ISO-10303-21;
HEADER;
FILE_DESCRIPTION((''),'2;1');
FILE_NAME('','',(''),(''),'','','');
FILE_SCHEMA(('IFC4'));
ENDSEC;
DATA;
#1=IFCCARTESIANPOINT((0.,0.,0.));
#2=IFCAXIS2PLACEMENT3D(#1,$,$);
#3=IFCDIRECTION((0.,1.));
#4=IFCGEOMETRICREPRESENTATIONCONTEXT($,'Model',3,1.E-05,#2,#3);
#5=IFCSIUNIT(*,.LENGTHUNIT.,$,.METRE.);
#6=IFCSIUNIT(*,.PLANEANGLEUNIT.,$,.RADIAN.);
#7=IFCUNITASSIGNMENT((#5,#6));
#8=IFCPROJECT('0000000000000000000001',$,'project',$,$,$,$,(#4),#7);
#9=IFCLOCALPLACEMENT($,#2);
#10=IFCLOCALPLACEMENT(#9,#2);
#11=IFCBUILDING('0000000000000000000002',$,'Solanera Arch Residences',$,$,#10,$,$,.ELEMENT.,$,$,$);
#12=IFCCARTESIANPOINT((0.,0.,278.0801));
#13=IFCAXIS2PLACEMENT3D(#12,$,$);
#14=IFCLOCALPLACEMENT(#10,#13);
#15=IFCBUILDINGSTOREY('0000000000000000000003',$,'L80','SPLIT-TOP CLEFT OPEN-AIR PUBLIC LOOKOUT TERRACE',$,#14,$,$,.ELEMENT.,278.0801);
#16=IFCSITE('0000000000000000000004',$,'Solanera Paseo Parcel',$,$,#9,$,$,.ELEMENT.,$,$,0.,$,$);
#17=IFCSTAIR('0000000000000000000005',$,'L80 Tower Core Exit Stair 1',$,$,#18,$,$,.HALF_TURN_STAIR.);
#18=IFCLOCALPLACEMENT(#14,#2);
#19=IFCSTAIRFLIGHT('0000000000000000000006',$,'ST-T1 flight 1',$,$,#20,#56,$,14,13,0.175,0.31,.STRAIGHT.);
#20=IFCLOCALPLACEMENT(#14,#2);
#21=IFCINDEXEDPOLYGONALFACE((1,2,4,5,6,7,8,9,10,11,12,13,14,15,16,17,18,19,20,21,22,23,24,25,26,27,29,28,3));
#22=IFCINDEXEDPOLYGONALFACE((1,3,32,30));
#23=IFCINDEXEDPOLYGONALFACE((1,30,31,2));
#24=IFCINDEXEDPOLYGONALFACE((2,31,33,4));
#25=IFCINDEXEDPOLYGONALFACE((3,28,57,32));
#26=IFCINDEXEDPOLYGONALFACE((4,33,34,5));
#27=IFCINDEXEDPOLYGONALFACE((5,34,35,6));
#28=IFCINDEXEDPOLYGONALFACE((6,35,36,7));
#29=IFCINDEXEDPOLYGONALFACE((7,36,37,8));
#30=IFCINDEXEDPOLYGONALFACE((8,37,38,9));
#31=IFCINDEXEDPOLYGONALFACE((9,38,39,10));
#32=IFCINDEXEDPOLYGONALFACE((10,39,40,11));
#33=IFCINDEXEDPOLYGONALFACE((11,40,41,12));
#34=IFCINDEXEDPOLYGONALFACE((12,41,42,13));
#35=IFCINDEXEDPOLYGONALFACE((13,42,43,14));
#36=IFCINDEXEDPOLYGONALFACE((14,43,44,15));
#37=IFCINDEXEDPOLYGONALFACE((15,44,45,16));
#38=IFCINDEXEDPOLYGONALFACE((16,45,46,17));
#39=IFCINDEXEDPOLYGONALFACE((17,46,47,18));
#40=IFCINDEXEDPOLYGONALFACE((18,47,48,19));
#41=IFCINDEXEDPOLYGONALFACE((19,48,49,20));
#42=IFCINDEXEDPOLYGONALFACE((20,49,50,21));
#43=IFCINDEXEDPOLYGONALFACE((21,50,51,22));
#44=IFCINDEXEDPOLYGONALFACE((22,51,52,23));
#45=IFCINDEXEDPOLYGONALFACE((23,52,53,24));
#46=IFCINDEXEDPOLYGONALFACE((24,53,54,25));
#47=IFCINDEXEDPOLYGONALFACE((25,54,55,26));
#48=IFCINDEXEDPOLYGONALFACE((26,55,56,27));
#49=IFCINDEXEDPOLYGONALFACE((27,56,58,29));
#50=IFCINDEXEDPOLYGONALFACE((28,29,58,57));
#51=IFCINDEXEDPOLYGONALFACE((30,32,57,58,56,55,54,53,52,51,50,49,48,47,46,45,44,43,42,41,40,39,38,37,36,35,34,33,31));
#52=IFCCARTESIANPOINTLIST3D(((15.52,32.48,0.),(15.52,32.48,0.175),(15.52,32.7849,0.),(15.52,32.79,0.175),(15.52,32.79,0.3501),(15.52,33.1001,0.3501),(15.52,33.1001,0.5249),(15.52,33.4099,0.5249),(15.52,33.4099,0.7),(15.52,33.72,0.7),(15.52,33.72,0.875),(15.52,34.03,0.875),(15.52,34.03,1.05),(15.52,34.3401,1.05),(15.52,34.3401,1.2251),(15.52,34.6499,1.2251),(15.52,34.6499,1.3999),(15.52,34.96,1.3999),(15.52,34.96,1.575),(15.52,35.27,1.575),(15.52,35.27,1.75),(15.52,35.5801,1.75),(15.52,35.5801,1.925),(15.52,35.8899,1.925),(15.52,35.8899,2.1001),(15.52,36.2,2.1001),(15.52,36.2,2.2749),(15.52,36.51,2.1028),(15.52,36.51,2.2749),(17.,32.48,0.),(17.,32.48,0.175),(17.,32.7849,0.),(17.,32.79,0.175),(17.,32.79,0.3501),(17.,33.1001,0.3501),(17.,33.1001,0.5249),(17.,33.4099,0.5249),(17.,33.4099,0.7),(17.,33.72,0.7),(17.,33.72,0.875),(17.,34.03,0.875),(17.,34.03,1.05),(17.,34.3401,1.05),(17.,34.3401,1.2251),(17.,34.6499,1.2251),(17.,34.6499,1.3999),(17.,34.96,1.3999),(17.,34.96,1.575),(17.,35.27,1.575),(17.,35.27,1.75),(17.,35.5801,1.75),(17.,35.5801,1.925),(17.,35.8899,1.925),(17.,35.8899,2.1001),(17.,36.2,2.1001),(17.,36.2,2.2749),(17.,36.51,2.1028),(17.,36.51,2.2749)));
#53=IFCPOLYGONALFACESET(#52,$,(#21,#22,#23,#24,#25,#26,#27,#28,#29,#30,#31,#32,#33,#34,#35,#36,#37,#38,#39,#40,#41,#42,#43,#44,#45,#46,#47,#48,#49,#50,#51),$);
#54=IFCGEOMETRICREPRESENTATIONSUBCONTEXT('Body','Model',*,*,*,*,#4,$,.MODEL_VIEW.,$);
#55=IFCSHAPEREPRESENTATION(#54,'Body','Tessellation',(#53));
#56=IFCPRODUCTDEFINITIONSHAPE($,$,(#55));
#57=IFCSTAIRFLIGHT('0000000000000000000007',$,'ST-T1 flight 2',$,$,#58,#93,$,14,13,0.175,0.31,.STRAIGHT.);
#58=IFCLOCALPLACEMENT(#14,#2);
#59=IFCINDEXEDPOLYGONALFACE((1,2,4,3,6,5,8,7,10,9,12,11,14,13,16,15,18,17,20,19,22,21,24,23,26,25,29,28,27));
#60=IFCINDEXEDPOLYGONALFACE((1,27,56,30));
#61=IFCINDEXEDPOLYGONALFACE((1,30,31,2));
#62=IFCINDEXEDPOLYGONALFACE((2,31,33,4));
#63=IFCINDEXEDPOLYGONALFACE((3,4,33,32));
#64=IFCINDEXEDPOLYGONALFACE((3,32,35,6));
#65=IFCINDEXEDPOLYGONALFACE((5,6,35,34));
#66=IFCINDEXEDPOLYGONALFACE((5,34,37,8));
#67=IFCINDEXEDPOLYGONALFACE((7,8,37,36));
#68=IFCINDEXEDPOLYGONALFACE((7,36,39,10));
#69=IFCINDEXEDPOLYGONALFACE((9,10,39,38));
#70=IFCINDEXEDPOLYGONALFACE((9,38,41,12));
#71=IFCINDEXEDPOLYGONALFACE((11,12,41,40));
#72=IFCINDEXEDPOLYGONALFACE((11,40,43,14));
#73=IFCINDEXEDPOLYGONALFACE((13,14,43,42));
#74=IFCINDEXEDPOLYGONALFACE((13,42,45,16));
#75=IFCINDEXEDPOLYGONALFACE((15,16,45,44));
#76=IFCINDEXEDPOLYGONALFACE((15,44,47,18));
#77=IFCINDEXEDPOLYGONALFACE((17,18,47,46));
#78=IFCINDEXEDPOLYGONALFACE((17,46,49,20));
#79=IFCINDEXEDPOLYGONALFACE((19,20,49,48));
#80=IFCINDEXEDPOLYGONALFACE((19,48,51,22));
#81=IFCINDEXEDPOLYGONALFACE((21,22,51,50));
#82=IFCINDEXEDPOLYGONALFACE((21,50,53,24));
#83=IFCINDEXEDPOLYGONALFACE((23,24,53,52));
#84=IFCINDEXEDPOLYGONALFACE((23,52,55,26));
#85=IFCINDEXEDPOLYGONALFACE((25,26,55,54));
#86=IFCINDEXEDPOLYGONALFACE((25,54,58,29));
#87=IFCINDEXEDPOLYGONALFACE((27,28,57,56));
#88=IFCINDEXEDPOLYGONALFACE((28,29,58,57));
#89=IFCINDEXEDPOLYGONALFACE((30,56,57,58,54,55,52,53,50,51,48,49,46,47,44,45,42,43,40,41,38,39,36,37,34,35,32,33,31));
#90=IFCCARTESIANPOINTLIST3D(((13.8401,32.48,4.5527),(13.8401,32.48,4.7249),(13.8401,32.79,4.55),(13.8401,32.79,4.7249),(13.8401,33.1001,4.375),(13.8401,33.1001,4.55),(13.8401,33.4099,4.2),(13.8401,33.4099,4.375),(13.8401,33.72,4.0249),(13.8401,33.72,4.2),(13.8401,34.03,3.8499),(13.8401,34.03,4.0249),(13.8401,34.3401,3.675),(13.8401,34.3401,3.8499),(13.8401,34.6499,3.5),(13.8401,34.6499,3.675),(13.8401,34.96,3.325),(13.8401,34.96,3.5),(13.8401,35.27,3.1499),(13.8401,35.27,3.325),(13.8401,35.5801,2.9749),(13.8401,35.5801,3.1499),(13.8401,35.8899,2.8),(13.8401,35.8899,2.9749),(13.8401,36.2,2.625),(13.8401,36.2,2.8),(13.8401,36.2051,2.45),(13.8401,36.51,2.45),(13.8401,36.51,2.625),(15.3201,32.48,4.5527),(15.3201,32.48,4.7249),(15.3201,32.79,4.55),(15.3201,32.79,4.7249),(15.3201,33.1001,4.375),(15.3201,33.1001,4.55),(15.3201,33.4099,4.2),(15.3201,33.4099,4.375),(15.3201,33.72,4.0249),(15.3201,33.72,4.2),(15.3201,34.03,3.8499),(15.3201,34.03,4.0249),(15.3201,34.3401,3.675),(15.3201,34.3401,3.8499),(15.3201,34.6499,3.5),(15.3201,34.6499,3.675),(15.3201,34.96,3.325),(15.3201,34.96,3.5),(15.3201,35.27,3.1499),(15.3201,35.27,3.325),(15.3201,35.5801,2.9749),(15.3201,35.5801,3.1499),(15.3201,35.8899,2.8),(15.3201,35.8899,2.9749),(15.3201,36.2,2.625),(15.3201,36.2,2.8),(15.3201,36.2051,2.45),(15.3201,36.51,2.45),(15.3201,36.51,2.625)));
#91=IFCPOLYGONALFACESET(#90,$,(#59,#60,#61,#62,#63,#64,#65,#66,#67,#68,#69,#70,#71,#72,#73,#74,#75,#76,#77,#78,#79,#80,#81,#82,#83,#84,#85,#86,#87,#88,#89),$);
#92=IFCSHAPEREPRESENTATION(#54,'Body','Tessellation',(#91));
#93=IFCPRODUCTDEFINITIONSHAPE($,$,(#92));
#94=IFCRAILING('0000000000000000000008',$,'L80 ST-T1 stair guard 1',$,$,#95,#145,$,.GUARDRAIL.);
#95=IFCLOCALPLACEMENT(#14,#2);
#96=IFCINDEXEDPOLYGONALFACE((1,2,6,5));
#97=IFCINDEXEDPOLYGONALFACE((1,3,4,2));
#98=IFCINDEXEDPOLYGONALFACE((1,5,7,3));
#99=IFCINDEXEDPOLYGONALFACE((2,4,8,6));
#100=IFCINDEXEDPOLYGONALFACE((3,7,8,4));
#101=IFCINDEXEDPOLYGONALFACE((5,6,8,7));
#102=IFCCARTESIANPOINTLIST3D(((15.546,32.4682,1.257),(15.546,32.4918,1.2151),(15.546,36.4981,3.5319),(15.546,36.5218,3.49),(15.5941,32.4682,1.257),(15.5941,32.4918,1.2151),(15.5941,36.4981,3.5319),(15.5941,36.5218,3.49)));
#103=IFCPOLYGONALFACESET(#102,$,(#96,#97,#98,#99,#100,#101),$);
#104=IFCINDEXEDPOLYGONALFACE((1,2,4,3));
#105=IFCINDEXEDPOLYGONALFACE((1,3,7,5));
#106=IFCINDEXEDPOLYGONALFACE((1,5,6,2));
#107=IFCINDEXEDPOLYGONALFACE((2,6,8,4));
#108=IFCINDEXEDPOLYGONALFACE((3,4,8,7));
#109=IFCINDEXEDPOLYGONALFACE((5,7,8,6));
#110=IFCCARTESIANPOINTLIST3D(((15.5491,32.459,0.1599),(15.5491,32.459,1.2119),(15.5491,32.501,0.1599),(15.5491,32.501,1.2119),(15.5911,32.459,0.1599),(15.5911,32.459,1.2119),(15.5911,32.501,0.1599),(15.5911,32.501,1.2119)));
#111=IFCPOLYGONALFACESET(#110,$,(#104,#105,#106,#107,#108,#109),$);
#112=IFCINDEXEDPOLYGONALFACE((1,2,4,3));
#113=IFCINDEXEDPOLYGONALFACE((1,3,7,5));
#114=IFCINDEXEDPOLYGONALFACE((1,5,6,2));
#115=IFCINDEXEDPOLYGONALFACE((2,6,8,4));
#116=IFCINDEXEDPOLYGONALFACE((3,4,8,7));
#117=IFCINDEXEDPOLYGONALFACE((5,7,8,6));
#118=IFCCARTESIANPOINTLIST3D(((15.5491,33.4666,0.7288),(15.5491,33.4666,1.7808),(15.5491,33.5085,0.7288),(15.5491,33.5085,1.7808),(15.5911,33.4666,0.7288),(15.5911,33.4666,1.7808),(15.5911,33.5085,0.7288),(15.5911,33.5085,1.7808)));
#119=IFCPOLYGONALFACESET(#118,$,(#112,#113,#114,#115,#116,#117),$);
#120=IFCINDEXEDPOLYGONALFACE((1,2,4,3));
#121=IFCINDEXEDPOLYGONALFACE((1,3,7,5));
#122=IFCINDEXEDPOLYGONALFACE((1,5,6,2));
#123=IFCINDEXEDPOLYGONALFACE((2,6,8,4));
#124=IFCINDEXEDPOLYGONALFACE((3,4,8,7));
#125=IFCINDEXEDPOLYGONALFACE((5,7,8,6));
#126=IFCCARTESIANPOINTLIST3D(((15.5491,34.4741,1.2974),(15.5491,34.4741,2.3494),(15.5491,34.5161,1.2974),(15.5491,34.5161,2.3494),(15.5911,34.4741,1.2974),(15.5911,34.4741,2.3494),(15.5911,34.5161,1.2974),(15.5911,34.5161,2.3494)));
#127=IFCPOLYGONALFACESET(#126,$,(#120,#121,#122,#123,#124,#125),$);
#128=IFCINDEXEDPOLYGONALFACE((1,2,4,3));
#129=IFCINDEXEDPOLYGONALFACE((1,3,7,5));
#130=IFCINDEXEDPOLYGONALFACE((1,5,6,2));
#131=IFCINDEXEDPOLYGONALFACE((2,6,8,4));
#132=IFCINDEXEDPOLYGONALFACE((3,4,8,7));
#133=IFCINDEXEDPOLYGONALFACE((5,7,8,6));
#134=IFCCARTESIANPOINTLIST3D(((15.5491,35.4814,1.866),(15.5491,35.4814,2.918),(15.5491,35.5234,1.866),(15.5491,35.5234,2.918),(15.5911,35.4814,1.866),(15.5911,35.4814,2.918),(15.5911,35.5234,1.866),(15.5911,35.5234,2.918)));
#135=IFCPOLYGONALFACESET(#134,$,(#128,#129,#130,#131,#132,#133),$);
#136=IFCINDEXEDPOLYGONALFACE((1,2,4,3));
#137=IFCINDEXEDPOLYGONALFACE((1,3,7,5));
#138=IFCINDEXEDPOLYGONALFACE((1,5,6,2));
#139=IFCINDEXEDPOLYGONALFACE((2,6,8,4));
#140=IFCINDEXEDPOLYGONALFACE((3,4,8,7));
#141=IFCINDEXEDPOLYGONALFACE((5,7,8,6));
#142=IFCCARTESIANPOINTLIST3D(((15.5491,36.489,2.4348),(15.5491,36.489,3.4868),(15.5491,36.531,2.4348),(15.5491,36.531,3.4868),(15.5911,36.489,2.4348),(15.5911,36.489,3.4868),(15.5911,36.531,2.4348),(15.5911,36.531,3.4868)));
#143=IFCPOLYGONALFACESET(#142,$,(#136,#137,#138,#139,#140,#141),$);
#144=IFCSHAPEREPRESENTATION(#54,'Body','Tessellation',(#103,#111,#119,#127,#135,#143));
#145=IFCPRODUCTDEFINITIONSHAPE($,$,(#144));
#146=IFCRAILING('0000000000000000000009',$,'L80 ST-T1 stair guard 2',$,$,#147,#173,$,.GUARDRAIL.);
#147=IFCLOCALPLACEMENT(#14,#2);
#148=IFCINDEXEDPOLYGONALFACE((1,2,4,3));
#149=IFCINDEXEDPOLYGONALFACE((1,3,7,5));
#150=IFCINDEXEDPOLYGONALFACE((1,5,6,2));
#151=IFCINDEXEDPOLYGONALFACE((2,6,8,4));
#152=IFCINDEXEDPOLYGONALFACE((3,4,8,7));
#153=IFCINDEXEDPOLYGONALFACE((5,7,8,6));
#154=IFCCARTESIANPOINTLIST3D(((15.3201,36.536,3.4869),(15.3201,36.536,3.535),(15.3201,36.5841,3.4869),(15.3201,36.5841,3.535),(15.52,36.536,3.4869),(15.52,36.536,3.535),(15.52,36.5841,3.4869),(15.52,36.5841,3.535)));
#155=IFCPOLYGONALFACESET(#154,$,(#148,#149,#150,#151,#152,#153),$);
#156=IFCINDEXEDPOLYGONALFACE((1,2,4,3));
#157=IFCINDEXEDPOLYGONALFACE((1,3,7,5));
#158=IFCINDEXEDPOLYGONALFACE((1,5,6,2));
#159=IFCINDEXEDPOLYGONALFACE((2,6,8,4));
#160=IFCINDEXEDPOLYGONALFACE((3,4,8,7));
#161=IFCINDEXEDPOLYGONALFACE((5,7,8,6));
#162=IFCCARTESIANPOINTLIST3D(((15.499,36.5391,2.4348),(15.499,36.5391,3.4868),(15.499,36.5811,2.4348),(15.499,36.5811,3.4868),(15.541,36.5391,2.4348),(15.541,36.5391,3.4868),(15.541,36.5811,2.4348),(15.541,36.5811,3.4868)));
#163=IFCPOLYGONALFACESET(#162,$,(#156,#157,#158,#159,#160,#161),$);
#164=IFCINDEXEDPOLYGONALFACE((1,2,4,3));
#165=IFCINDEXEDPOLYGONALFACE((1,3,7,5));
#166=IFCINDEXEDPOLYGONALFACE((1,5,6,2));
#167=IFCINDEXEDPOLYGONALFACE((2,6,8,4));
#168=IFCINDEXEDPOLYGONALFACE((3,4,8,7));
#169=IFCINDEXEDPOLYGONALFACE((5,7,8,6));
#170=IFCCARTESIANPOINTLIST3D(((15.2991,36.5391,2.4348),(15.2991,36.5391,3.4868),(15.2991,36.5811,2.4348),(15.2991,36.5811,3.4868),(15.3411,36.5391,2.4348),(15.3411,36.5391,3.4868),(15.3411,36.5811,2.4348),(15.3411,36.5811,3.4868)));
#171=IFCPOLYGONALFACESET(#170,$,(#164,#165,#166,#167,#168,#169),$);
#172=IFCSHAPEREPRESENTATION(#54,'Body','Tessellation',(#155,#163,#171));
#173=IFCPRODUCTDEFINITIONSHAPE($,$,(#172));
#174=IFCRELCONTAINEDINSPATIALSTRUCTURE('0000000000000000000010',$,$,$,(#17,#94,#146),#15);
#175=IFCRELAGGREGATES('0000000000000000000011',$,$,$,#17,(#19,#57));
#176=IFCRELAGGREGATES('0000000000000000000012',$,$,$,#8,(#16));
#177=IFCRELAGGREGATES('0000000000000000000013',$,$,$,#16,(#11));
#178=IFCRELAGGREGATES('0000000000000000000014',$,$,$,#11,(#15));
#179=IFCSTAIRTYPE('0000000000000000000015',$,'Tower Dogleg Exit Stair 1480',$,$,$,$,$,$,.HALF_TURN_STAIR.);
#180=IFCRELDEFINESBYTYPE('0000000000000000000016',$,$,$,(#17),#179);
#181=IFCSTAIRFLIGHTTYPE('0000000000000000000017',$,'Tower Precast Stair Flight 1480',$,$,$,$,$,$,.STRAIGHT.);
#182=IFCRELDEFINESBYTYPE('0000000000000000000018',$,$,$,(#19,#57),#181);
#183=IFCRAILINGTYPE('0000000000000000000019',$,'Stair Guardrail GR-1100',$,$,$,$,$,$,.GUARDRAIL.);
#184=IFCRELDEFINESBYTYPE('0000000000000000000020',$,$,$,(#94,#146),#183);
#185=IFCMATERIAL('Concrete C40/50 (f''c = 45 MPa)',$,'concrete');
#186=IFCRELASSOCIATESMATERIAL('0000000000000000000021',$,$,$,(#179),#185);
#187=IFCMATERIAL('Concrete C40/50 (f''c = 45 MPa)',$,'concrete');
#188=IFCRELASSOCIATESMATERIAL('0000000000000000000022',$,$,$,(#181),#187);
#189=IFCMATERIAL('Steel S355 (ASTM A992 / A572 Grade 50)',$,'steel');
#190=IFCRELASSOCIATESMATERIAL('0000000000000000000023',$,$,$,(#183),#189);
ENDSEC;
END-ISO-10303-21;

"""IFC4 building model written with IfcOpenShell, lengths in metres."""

from ifc_helpers import new_model, si_unit, direction, frame, origin, origin_2d, place, context, subcontext, project, spatial, polyline, rectangle, outline, extrude, material, type_object, element, aggregate, save


model = new_model("IFC4")

# Units and contexts
model_context = context("Model", 3, precision=1e-05, world=origin(), true_north=direction((0.0, 1.0)))
body_context = subcontext(model_context, "Body", "Model", "MODEL_VIEW")
ifc_project = project(units=[si_unit("LENGTHUNIT", "METRE"), si_unit("PLANEANGLEUNIT", "RADIAN")], contexts=[model_context])

# Site, building, storey
site_placement = place(None, origin())
site = spatial("IfcSite", under=ifc_project, at=site_placement, Name="Solanera Paseo Parcel", CompositionType="ELEMENT", RefElevation=0.0)
building_placement = place(site_placement, origin())
building = spatial("IfcBuilding", under=site, at=building_placement, Name="Solanera Arch Residences", CompositionType="ELEMENT")
storey_placement = place(building_placement, frame((0.0, 0.0, 278.0801)))
storey = spatial("IfcBuildingStorey", under=building, at=storey_placement, Name="L80", Description="SPLIT-TOP CLEFT OPEN-AIR PUBLIC LOOKOUT TERRACE", CompositionType="ELEMENT", Elevation=278.0801)

# Stair, stair flights
ifc_material_1 = material(Name="Concrete C40/50 (f'c = 45 MPa)", Category="concrete")
stair_type = type_object("IfcStairType", Name="Tower Dogleg Exit Stair 1480", PredefinedType="HALF_TURN_STAIR", material=ifc_material_1)
stair_placement = place(storey_placement, origin())
stair = element("IfcStair", 1, at=stair_placement, inside=storey, type_object=stair_type, Name="L80 Tower Core Exit Stair 1", PredefinedType="HALF_TURN_STAIR")
ifc_material_2 = material(Name="Concrete C40/50 (f'c = 45 MPa)", Category="concrete")
stair_flight_type = type_object("IfcStairFlightType", Name="Tower Precast Stair Flight 1480", PredefinedType="STRAIGHT", material=ifc_material_2)
stair_flight_1_placement = place(storey_placement, frame((16.26, 32.48, 0.0), z_axis=(0.0, 0.0, 1.0), x_axis=(0.0, 1.0, 0.0)))
stair_flight_1 = element("IfcStairFlight", 2, at=stair_flight_1_placement, type_object=stair_flight_type, Name="ST-T1 flight 1", NumberOfRisers=14, NumberOfTreads=13, PredefinedType="STRAIGHT", RiserHeight=0.175, TreadLength=0.31, context=body_context, shape_type="SweptSolid", body=[
    extrude(outline(polyline([(0.0, 0.0), (0.0, 0.175), (0.3101, 0.175), (0.3101, 0.3501), (0.6201, 0.3501), (0.6201, 0.5249), (0.9299, 0.5249), (0.9299, 0.7), (1.24, 0.7), (1.24, 0.875), (1.55, 0.875), (1.55, 1.05), (1.8601, 1.05), (1.8601, 1.2251), (2.1699, 1.2251), (2.1699, 1.3999), (2.48, 1.3999), (2.48, 1.575), (2.79, 1.575), (2.79, 1.75), (3.1001, 1.75), (3.1001, 1.925), (3.4099, 1.925), (3.4099, 2.1001), (3.72, 2.1001), (3.72, 2.2749), (4.03, 2.2749), (4.03, 2.45), (4.03, 2.1028), (0.3049, 0.0), (0.0, 0.0)])), frame((0.0, 0.74, 0.0), z_axis=(0.0, -1.0, 0.0), x_axis=(1.0, 0.0, 0.0)), (0.0, 0.0, 1.0), 1.48),
])
stair_flight_2_placement = place(storey_placement, frame((14.5801, 36.51, 2.45), z_axis=(0.0, 0.0, 1.0), x_axis=(0.0, -1.0, 0.0)))
stair_flight_2 = element("IfcStairFlight", 3, at=stair_flight_2_placement, type_object=stair_flight_type, Name="ST-T1 flight 2", NumberOfRisers=14, NumberOfTreads=13, PredefinedType="STRAIGHT", RiserHeight=0.175, TreadLength=0.31, context=body_context, shape_type="SweptSolid", body=[
    extrude(outline(polyline([(0.0, 0.0), (0.0, 0.175), (0.3101, 0.175), (0.3101, 0.3501), (0.6201, 0.3501), (0.6201, 0.5249), (0.9299, 0.5249), (0.9299, 0.7), (1.24, 0.7), (1.24, 0.875), (1.55, 0.875), (1.55, 1.05), (1.8601, 1.05), (1.8601, 1.2251), (2.1699, 1.2251), (2.1699, 1.3999), (2.48, 1.3999), (2.48, 1.575), (2.79, 1.575), (2.79, 1.75), (3.1001, 1.75), (3.1001, 1.925), (3.4099, 1.925), (3.4099, 2.1001), (3.72, 2.1001), (3.72, 2.2749), (4.03, 2.2749), (4.03, 2.45), (4.03, 2.1028), (0.3049, 0.0), (0.0, 0.0)])), frame((0.0, 0.74, 0.0), z_axis=(0.0, -1.0, 0.0), x_axis=(1.0, 0.0, 0.0)), (0.0, 0.0, 1.0), 1.48),
])
aggregate(stair, [stair_flight_1, stair_flight_2])

# Railings
ifc_material_3 = material(Name="Steel S355 (ASTM A992 / A572 Grade 50)", Category="steel")
railing_type_1 = type_object("IfcRailingType", Name="Stair Guardrail GR-1100", PredefinedType="GUARDRAIL", material=ifc_material_3)
railing_1_placement = place(storey_placement, frame((15.5701, 32.48, 0.1599)))
element("IfcRailing", 4, at=railing_1_placement, inside=storey, type_object=railing_type_1, Name="L80 ST-T1 stair guard 1", PredefinedType="GUARDRAIL", context=body_context, shape_type="SweptSolid", body=[
    extrude(rectangle(XDim=0.0481, YDim=0.0481, at=origin_2d()), frame((0.0, 0.0, 1.0762), z_axis=(0.0, 0.870835, 0.491576), x_axis=(-1.0, 0.0, 0.0)), (0.0, 0.0, 1.0), 4.6277),
    extrude(rectangle(XDim=0.042, YDim=0.042, at=origin_2d()), origin(), (0.0, 0.0, 1.0), 1.052),
    extrude(rectangle(XDim=0.042, YDim=0.042, at=origin_2d()), frame((0.0, 1.0076, 0.5688)), (0.0, 0.0, 1.0), 1.052),
    extrude(rectangle(XDim=0.042, YDim=0.042, at=origin_2d()), frame((0.0, 2.0151, 1.1375)), (0.0, 0.0, 1.0), 1.052),
    extrude(rectangle(XDim=0.042, YDim=0.042, at=origin_2d()), frame((0.0, 3.0225, 1.7061)), (0.0, 0.0, 1.0), 1.052),
    extrude(rectangle(XDim=0.042, YDim=0.042, at=origin_2d()), frame((0.0, 4.03, 2.2749)), (0.0, 0.0, 1.0), 1.052),
])
railing_2_placement = place(storey_placement, frame((15.52, 36.5601, 2.4348)))
element("IfcRailing", 5, at=railing_2_placement, inside=storey, type_object=railing_type_1, Name="L80 ST-T1 stair guard 2", PredefinedType="GUARDRAIL", context=body_context, shape_type="SweptSolid", body=[
    extrude(rectangle(XDim=0.0481, YDim=0.0481, at=origin_2d()), frame((0.0, 0.0, 1.0762), z_axis=(-1.0, 0.0, 0.0), x_axis=(0.0, -1.0, 0.0)), (0.0, 0.0, 1.0), 0.2),
    extrude(rectangle(XDim=0.042, YDim=0.042, at=origin_2d()), origin(), (0.0, 0.0, 1.0), 1.052),
    extrude(rectangle(XDim=0.042, YDim=0.042, at=origin_2d()), frame((-0.2, 0.0, 0.0)), (0.0, 0.0, 1.0), 1.052),
])

save(model, "model.ifc")
